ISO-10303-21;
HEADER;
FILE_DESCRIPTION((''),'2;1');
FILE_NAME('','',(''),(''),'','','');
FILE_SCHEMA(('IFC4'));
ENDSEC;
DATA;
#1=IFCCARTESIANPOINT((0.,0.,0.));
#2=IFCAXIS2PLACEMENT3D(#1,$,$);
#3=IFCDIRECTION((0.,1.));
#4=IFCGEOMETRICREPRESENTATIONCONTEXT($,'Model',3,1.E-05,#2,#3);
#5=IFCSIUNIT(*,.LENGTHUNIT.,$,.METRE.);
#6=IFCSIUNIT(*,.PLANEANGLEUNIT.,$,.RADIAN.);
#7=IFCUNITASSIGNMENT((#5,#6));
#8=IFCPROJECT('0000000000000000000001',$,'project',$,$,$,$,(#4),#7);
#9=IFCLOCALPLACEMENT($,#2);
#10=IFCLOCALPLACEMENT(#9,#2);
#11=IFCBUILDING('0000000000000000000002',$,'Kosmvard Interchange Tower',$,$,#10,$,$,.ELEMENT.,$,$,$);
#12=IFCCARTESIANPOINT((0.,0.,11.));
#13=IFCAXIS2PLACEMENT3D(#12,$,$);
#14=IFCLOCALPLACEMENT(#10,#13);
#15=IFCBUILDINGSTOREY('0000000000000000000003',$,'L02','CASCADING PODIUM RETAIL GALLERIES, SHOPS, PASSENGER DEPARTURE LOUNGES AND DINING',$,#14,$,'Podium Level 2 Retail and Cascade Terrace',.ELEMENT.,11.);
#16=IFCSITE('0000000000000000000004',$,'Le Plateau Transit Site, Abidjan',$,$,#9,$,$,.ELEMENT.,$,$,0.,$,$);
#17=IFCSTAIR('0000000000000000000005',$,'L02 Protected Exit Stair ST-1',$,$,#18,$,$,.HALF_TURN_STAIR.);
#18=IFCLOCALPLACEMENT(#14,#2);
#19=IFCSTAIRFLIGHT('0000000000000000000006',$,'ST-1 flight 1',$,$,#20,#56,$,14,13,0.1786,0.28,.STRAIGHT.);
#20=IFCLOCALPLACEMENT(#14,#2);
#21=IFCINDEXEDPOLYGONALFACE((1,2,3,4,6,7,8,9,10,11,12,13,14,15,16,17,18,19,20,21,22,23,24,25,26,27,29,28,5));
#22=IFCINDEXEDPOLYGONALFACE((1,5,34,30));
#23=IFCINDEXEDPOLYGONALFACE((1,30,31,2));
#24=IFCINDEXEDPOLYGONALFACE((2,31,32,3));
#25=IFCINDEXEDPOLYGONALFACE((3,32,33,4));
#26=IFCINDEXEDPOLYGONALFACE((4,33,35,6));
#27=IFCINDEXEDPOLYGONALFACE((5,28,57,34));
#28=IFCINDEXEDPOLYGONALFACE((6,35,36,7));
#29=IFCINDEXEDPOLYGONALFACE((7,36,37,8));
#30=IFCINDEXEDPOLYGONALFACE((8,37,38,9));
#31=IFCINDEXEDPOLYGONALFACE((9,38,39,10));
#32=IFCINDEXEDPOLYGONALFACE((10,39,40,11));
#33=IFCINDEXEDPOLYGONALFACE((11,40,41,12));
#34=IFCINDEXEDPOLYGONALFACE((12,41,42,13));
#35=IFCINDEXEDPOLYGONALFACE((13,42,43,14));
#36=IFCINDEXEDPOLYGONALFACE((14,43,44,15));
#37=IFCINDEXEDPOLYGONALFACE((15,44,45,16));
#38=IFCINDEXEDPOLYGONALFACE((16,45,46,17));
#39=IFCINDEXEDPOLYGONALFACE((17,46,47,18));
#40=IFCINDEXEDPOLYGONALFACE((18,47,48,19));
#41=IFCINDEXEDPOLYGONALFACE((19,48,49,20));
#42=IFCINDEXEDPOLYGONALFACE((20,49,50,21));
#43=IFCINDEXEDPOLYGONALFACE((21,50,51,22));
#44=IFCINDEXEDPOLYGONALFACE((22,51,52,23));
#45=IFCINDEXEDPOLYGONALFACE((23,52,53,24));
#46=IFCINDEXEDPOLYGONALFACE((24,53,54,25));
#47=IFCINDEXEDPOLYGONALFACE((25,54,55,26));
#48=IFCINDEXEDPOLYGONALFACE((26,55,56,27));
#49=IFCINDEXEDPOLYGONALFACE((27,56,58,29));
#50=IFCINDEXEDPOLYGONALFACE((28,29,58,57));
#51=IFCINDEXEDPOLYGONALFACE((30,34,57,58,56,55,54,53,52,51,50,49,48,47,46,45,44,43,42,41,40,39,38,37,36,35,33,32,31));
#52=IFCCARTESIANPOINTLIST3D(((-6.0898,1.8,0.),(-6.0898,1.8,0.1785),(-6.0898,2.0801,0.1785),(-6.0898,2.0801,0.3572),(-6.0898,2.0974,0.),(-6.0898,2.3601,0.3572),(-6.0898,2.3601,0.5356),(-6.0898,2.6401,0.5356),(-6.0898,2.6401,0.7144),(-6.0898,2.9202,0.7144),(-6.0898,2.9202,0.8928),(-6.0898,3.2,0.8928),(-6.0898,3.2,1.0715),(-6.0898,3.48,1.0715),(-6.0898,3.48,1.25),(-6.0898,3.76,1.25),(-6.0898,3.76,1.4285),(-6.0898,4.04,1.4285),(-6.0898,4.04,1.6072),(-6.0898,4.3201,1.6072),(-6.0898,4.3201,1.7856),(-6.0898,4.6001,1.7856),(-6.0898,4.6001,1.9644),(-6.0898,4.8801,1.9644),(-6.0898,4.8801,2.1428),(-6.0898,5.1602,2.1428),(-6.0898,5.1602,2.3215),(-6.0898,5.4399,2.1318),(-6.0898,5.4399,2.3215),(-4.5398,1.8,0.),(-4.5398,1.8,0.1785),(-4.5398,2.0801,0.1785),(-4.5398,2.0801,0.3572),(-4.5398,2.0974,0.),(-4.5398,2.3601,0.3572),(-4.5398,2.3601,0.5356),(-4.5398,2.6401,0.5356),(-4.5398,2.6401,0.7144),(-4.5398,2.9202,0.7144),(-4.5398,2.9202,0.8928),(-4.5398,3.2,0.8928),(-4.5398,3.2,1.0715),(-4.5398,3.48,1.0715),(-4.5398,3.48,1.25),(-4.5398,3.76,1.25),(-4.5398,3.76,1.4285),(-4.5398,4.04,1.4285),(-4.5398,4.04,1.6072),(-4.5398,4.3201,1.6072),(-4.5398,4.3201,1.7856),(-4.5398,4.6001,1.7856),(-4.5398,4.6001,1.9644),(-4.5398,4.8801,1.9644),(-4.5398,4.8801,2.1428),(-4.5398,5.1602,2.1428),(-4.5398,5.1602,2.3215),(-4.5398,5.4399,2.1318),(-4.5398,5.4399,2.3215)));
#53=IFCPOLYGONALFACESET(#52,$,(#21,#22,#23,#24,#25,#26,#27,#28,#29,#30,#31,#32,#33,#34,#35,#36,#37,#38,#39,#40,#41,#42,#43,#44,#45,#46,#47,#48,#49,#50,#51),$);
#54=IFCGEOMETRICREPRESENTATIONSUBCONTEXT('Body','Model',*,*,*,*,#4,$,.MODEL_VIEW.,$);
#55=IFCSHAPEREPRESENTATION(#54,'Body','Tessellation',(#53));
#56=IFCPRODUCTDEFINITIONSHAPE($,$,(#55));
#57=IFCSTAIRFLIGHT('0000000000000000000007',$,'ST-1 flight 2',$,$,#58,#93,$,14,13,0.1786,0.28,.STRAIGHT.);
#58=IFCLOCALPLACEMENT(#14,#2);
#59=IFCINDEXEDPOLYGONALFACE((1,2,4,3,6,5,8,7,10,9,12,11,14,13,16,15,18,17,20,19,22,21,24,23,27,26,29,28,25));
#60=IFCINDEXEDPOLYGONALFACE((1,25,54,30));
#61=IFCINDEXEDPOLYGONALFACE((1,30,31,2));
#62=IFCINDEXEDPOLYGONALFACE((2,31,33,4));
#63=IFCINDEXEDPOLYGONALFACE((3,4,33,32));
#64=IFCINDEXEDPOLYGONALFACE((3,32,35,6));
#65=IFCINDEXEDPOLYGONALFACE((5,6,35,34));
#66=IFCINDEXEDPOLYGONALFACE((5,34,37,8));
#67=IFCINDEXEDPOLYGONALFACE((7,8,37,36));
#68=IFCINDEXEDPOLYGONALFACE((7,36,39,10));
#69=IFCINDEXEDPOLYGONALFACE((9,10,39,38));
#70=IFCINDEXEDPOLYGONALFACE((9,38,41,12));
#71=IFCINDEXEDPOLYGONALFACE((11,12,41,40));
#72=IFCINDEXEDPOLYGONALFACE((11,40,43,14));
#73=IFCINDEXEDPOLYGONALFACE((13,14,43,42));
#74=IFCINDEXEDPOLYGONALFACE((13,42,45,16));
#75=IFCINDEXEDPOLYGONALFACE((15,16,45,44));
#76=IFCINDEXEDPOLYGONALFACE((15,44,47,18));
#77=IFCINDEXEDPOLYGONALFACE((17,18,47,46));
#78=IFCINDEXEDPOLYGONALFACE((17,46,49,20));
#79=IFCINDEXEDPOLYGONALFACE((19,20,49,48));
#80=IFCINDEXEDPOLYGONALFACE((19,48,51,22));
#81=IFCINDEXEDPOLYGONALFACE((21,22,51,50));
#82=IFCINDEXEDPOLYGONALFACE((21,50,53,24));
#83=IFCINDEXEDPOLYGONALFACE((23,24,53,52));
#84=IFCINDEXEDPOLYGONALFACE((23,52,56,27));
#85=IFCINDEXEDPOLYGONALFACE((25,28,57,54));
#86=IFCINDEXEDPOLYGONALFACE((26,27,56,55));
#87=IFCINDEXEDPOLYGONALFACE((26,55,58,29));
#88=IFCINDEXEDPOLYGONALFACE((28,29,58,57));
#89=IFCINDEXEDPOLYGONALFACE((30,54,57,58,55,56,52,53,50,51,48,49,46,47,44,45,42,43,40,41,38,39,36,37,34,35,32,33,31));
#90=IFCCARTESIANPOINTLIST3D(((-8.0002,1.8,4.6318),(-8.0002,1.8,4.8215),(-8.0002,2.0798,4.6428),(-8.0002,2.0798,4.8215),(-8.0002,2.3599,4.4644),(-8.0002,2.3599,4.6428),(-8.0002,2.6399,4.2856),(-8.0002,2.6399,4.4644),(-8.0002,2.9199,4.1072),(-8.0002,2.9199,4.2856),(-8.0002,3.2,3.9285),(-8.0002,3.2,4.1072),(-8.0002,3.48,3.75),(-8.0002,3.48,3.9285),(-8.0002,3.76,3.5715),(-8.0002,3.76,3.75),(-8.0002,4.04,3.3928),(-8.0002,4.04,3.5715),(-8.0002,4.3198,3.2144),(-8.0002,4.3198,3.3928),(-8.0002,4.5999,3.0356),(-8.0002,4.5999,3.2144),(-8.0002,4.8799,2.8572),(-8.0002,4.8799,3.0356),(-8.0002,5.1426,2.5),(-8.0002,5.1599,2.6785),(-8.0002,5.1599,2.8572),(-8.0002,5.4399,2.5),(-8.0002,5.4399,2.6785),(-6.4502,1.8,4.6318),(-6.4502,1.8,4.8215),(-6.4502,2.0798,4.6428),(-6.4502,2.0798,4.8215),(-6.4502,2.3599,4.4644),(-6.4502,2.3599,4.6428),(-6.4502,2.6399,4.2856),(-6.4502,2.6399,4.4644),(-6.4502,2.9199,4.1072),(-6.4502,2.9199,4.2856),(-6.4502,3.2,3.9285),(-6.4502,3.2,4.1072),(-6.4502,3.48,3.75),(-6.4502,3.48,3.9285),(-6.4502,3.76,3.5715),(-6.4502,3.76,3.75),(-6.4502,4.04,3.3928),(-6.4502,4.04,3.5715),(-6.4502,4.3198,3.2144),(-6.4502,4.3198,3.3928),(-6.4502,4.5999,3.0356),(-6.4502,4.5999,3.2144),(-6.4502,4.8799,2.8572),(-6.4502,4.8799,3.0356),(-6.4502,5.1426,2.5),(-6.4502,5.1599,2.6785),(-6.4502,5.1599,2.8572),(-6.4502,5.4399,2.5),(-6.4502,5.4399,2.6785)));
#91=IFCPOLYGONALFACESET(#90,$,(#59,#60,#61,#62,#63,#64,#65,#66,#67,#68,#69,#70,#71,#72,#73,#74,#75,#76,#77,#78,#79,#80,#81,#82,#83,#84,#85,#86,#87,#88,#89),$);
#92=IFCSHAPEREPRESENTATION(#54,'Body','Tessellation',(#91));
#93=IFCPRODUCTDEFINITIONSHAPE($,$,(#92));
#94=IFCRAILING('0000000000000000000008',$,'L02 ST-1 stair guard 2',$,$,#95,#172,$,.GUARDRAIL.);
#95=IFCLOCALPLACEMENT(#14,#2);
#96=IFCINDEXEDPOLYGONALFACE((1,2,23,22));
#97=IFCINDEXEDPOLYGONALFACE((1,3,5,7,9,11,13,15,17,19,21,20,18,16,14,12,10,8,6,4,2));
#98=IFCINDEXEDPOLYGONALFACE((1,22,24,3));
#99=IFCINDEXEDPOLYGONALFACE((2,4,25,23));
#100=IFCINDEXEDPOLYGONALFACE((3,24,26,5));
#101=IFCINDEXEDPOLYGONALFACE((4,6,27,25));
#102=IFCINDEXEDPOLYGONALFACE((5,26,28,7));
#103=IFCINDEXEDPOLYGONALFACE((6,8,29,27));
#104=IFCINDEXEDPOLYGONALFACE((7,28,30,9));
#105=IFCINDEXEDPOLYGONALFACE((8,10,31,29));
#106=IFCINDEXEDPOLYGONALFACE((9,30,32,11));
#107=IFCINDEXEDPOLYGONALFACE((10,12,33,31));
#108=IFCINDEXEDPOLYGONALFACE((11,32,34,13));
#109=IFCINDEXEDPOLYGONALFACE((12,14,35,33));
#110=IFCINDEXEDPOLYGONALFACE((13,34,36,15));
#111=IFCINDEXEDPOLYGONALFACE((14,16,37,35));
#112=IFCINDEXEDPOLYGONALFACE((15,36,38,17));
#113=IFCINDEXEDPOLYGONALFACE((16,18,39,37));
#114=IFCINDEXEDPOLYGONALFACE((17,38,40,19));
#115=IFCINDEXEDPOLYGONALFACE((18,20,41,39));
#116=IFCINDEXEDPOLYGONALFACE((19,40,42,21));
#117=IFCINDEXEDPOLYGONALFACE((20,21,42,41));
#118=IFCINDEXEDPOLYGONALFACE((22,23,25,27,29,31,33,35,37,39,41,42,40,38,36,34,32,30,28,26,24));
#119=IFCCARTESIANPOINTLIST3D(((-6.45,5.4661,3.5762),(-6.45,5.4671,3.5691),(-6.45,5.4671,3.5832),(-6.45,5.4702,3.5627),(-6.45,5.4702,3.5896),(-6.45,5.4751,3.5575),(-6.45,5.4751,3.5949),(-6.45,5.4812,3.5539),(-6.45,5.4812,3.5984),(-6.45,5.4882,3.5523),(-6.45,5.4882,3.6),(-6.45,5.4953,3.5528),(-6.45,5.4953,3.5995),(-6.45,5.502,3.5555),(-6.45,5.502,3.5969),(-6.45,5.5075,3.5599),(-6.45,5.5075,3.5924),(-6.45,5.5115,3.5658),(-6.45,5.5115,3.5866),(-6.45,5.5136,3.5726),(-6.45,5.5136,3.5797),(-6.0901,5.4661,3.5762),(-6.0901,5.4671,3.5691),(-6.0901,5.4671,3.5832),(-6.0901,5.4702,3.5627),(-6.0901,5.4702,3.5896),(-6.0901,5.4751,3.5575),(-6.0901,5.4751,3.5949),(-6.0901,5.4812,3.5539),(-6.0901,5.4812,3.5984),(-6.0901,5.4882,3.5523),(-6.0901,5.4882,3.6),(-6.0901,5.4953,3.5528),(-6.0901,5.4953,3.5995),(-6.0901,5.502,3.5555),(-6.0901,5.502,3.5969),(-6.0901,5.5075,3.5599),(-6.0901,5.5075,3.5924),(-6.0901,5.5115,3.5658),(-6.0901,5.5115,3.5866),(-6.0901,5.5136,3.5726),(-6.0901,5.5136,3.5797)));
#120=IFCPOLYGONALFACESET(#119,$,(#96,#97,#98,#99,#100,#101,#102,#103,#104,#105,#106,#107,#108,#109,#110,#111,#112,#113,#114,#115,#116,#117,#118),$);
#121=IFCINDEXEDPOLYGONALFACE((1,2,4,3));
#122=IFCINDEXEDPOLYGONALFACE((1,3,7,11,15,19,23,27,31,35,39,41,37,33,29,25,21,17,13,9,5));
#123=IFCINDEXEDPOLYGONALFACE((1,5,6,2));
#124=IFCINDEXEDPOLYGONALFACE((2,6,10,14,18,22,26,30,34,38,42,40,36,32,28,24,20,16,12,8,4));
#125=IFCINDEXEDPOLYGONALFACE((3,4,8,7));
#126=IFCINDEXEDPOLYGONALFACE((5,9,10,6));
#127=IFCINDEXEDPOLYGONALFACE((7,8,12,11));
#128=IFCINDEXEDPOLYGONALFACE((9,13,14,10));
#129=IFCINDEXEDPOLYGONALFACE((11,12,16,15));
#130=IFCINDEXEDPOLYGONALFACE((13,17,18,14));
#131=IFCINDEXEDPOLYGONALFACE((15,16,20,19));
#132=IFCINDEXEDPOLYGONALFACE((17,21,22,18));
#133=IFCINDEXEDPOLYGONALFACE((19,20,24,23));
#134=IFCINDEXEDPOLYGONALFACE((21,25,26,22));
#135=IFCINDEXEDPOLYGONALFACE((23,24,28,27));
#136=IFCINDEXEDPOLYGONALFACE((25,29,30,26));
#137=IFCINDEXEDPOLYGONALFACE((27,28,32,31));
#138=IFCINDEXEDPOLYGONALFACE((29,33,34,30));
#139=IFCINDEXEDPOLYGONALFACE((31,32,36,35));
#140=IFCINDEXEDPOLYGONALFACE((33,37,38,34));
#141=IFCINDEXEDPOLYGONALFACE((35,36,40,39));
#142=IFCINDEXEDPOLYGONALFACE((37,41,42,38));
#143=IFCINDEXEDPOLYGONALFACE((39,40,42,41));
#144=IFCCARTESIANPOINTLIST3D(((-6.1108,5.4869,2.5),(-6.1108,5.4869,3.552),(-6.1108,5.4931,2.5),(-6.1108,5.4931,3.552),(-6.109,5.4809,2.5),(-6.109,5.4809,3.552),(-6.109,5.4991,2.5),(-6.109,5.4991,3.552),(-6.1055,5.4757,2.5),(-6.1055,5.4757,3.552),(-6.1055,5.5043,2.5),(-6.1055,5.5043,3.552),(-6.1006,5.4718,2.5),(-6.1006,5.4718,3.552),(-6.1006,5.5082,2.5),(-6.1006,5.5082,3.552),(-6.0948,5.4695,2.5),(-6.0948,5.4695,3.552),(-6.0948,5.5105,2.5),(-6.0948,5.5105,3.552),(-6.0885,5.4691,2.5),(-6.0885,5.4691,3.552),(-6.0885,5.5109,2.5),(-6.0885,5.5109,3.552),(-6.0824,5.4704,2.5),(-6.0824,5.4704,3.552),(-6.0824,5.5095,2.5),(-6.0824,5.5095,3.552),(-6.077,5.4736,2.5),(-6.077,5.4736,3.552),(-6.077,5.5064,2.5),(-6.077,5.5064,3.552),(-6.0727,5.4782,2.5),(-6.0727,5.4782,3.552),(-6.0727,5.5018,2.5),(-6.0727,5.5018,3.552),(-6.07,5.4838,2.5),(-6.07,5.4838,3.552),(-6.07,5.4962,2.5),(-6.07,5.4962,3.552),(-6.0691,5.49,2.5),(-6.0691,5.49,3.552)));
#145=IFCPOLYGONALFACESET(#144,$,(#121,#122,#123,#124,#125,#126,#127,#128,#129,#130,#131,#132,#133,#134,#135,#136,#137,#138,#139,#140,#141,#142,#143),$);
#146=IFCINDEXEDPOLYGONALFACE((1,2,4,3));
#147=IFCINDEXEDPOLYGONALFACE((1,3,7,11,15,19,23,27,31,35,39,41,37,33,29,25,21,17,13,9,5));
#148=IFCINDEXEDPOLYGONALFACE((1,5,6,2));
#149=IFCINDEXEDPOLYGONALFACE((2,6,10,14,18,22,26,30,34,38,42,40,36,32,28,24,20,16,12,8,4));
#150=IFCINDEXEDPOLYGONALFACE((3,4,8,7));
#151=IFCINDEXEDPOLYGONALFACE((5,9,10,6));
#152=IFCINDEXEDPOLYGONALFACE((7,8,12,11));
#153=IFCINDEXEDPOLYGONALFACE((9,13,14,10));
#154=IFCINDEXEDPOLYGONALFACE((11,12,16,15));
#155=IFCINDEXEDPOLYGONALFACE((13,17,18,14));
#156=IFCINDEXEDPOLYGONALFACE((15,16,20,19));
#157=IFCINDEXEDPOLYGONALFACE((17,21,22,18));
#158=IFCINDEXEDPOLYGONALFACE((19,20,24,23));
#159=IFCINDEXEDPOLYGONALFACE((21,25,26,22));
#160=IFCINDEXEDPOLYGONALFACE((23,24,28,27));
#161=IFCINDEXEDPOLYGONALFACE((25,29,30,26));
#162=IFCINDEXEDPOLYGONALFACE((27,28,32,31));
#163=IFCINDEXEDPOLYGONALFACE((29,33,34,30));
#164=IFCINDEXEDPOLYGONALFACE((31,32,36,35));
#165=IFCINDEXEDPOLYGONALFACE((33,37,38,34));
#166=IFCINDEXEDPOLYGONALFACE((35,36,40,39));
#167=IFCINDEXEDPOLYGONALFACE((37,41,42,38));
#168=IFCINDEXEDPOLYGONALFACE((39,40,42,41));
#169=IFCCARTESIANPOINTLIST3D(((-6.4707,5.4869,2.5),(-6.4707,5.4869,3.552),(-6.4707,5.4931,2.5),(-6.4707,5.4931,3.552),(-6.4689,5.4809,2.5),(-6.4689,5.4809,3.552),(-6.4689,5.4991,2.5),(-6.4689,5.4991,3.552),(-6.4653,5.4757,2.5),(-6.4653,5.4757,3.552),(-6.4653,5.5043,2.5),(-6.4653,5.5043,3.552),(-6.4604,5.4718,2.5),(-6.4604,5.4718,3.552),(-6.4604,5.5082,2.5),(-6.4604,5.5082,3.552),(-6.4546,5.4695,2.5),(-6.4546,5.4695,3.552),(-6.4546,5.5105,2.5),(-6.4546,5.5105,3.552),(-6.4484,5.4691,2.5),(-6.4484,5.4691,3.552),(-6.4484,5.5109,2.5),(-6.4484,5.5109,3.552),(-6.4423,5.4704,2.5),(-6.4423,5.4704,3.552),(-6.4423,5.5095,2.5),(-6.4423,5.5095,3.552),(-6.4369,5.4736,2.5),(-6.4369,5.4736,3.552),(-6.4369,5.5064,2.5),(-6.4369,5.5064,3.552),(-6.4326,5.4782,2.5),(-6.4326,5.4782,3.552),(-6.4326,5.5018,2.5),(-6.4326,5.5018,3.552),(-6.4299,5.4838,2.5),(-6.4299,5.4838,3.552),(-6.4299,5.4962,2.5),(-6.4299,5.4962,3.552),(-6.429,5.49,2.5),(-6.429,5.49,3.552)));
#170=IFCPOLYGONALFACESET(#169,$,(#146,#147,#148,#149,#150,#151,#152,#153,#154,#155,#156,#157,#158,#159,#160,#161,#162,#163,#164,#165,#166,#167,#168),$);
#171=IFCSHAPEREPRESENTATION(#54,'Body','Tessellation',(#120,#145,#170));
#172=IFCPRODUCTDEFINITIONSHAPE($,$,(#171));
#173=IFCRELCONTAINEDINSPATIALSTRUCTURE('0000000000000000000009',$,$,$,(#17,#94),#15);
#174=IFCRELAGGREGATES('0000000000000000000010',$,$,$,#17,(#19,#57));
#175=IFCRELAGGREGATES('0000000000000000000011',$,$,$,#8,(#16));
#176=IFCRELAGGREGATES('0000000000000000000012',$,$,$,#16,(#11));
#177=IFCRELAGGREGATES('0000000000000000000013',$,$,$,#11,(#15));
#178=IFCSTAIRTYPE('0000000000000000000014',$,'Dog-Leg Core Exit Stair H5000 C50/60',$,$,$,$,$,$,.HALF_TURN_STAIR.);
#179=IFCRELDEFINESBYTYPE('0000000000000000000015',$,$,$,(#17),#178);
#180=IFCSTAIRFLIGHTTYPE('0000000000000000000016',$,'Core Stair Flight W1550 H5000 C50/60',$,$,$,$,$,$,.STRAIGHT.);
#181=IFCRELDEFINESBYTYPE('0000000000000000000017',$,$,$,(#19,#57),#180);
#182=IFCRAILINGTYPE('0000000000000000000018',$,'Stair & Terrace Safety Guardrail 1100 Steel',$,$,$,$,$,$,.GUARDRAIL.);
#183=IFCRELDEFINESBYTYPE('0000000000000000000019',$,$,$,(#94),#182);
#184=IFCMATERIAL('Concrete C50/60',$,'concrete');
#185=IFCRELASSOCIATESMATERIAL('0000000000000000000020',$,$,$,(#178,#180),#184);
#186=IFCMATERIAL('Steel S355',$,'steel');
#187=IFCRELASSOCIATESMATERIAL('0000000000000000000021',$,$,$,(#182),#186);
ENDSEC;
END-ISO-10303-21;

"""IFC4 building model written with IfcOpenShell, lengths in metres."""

from ifc_helpers import new_model, si_unit, direction, frame, origin, origin_2d, place, context, subcontext, project, spatial, polyline, circle, outline, extrude, source, transform, mapped, material, type_object, element, aggregate, save


model = new_model("IFC4")

# Units and contexts
model_context = context("Model", 3, precision=1e-05, world=origin(), true_north=direction((0.0, 1.0)))
body_context = subcontext(model_context, "Body", "Model", "MODEL_VIEW")
ifc_project = project(units=[si_unit("LENGTHUNIT", "METRE"), si_unit("PLANEANGLEUNIT", "RADIAN")], contexts=[model_context])

# Site, building, storey
site_placement = place(None, origin())
site = spatial("IfcSite", under=ifc_project, at=site_placement, Name="Le Plateau Transit Site, Abidjan", CompositionType="ELEMENT", RefElevation=0.0)
building_placement = place(site_placement, origin())
building = spatial("IfcBuilding", under=site, at=building_placement, Name="Kosmvard Interchange Tower", CompositionType="ELEMENT")
storey_placement = place(building_placement, frame((0.0, 0.0, 11.0)))
storey = spatial("IfcBuildingStorey", under=building, at=storey_placement, Name="L02", Description="CASCADING PODIUM RETAIL GALLERIES, SHOPS, PASSENGER DEPARTURE LOUNGES AND DINING", LongName="Podium Level 2 Retail and Cascade Terrace", CompositionType="ELEMENT", Elevation=11.0)

# Shared definitions
ifc_material_1 = material(Name="Steel S355", Category="steel")

# Stair, stair flights
ifc_material_2 = material(Name="Concrete C50/60", Category="concrete")
stair_type = type_object("IfcStairType", Name="Dog-Leg Core Exit Stair H5000 C50/60", PredefinedType="HALF_TURN_STAIR", material=ifc_material_2)
stair_placement = place(storey_placement, origin())
stair = element("IfcStair", 1, at=stair_placement, inside=storey, type_object=stair_type, Name="L02 Protected Exit Stair ST-1", PredefinedType="HALF_TURN_STAIR")
stair_flight_type = type_object("IfcStairFlightType", Name="Core Stair Flight W1550 H5000 C50/60", PredefinedType="STRAIGHT", material=ifc_material_2)
shared_shape_1 = source(origin(), body_context, "Body", "SweptSolid", [
    extrude(outline(polyline([(0.0, 0.0), (0.0, 0.1785), (0.28, 0.1785), (0.28, 0.3572), (0.5601, 0.3572), (0.5601, 0.5356), (0.8401, 0.5356), (0.8401, 0.7144), (1.1201, 0.7144), (1.1201, 0.8928), (1.3999, 0.8928), (1.3999, 1.0715), (1.6799, 1.0715), (1.6799, 1.25), (1.96, 1.25), (1.96, 1.4285), (2.24, 1.4285), (2.24, 1.6072), (2.52, 1.6072), (2.52, 1.7856), (2.8, 1.7856), (2.8, 1.9644), (3.0801, 1.9644), (3.0801, 2.1428), (3.3601, 2.1428), (3.3601, 2.3215), (3.6399, 2.3215), (3.6399, 2.5), (3.6399, 2.1318), (0.2974, 0.0), (0.0, 0.0)])), frame((0.0, 0.7749, 0.0), z_axis=(0.0, -1.0, 0.0), x_axis=(1.0, 0.0, 0.0)), (0.0, 0.0, 1.0), 1.55),
])
stair_flight_1_placement = place(storey_placement, frame((-5.3149, 1.8, 0.0), z_axis=(0.0, 0.0, 1.0), x_axis=(0.0, 1.0, 0.0)))
stair_flight_1 = element("IfcStairFlight", 2, at=stair_flight_1_placement, type_object=stair_flight_type, Name="ST-1 flight 1", NumberOfRisers=14, NumberOfTreads=13, PredefinedType="STRAIGHT", RiserHeight=0.1786, TreadLength=0.28, context=body_context, shape_type="MappedRepresentation", body=[
    mapped(shared_shape_1, transform((0.0, 0.0, 0.0), scale=1.0)),
])
stair_flight_2_placement = place(storey_placement, frame((-7.2251, 5.4399, 2.5), z_axis=(0.0, 0.0, 1.0), x_axis=(0.0, -1.0, 0.0)))
stair_flight_2 = element("IfcStairFlight", 3, at=stair_flight_2_placement, type_object=stair_flight_type, Name="ST-1 flight 2", NumberOfRisers=14, NumberOfTreads=13, PredefinedType="STRAIGHT", RiserHeight=0.1786, TreadLength=0.28, context=body_context, shape_type="MappedRepresentation", body=[
    mapped(shared_shape_1, transform((0.0, 0.0, 0.0), scale=1.0)),
])
aggregate(stair, [stair_flight_1, stair_flight_2])

# Railing
railing_type_1 = type_object("IfcRailingType", Name="Stair & Terrace Safety Guardrail 1100 Steel", PredefinedType="GUARDRAIL", material=ifc_material_1)
shared_shape_2 = source(origin(), body_context, "Body", "SweptSolid", [
    extrude(circle(Radius=0.0239, at=origin_2d()), frame((0.0, 0.0, 1.0762), z_axis=(-1.0, 0.0, 0.0), x_axis=(0.0, -1.0, 0.0)), (0.0, 0.0, 1.0), 0.3599),
    extrude(circle(Radius=0.021, at=origin_2d()), origin(), (0.0, 0.0, 1.0), 1.052),
    extrude(circle(Radius=0.021, at=origin_2d()), frame((-0.3599, 0.0, 0.0)), (0.0, 0.0, 1.0), 1.052),
])
for number, where, name in (
    (4, (-6.0901, 5.49, 2.5), "L02 ST-1 stair guard 2"),
):
    element("IfcRailing", number, at=place(storey_placement, frame(where)), inside=storey, type_object=railing_type_1, Name=name, PredefinedType="GUARDRAIL", context=body_context, shape_type="MappedRepresentation", body=[
        mapped(shared_shape_2, transform((0.0, 0.0, 0.0), scale=1.0)),
    ])

save(model, "model.ifc")
